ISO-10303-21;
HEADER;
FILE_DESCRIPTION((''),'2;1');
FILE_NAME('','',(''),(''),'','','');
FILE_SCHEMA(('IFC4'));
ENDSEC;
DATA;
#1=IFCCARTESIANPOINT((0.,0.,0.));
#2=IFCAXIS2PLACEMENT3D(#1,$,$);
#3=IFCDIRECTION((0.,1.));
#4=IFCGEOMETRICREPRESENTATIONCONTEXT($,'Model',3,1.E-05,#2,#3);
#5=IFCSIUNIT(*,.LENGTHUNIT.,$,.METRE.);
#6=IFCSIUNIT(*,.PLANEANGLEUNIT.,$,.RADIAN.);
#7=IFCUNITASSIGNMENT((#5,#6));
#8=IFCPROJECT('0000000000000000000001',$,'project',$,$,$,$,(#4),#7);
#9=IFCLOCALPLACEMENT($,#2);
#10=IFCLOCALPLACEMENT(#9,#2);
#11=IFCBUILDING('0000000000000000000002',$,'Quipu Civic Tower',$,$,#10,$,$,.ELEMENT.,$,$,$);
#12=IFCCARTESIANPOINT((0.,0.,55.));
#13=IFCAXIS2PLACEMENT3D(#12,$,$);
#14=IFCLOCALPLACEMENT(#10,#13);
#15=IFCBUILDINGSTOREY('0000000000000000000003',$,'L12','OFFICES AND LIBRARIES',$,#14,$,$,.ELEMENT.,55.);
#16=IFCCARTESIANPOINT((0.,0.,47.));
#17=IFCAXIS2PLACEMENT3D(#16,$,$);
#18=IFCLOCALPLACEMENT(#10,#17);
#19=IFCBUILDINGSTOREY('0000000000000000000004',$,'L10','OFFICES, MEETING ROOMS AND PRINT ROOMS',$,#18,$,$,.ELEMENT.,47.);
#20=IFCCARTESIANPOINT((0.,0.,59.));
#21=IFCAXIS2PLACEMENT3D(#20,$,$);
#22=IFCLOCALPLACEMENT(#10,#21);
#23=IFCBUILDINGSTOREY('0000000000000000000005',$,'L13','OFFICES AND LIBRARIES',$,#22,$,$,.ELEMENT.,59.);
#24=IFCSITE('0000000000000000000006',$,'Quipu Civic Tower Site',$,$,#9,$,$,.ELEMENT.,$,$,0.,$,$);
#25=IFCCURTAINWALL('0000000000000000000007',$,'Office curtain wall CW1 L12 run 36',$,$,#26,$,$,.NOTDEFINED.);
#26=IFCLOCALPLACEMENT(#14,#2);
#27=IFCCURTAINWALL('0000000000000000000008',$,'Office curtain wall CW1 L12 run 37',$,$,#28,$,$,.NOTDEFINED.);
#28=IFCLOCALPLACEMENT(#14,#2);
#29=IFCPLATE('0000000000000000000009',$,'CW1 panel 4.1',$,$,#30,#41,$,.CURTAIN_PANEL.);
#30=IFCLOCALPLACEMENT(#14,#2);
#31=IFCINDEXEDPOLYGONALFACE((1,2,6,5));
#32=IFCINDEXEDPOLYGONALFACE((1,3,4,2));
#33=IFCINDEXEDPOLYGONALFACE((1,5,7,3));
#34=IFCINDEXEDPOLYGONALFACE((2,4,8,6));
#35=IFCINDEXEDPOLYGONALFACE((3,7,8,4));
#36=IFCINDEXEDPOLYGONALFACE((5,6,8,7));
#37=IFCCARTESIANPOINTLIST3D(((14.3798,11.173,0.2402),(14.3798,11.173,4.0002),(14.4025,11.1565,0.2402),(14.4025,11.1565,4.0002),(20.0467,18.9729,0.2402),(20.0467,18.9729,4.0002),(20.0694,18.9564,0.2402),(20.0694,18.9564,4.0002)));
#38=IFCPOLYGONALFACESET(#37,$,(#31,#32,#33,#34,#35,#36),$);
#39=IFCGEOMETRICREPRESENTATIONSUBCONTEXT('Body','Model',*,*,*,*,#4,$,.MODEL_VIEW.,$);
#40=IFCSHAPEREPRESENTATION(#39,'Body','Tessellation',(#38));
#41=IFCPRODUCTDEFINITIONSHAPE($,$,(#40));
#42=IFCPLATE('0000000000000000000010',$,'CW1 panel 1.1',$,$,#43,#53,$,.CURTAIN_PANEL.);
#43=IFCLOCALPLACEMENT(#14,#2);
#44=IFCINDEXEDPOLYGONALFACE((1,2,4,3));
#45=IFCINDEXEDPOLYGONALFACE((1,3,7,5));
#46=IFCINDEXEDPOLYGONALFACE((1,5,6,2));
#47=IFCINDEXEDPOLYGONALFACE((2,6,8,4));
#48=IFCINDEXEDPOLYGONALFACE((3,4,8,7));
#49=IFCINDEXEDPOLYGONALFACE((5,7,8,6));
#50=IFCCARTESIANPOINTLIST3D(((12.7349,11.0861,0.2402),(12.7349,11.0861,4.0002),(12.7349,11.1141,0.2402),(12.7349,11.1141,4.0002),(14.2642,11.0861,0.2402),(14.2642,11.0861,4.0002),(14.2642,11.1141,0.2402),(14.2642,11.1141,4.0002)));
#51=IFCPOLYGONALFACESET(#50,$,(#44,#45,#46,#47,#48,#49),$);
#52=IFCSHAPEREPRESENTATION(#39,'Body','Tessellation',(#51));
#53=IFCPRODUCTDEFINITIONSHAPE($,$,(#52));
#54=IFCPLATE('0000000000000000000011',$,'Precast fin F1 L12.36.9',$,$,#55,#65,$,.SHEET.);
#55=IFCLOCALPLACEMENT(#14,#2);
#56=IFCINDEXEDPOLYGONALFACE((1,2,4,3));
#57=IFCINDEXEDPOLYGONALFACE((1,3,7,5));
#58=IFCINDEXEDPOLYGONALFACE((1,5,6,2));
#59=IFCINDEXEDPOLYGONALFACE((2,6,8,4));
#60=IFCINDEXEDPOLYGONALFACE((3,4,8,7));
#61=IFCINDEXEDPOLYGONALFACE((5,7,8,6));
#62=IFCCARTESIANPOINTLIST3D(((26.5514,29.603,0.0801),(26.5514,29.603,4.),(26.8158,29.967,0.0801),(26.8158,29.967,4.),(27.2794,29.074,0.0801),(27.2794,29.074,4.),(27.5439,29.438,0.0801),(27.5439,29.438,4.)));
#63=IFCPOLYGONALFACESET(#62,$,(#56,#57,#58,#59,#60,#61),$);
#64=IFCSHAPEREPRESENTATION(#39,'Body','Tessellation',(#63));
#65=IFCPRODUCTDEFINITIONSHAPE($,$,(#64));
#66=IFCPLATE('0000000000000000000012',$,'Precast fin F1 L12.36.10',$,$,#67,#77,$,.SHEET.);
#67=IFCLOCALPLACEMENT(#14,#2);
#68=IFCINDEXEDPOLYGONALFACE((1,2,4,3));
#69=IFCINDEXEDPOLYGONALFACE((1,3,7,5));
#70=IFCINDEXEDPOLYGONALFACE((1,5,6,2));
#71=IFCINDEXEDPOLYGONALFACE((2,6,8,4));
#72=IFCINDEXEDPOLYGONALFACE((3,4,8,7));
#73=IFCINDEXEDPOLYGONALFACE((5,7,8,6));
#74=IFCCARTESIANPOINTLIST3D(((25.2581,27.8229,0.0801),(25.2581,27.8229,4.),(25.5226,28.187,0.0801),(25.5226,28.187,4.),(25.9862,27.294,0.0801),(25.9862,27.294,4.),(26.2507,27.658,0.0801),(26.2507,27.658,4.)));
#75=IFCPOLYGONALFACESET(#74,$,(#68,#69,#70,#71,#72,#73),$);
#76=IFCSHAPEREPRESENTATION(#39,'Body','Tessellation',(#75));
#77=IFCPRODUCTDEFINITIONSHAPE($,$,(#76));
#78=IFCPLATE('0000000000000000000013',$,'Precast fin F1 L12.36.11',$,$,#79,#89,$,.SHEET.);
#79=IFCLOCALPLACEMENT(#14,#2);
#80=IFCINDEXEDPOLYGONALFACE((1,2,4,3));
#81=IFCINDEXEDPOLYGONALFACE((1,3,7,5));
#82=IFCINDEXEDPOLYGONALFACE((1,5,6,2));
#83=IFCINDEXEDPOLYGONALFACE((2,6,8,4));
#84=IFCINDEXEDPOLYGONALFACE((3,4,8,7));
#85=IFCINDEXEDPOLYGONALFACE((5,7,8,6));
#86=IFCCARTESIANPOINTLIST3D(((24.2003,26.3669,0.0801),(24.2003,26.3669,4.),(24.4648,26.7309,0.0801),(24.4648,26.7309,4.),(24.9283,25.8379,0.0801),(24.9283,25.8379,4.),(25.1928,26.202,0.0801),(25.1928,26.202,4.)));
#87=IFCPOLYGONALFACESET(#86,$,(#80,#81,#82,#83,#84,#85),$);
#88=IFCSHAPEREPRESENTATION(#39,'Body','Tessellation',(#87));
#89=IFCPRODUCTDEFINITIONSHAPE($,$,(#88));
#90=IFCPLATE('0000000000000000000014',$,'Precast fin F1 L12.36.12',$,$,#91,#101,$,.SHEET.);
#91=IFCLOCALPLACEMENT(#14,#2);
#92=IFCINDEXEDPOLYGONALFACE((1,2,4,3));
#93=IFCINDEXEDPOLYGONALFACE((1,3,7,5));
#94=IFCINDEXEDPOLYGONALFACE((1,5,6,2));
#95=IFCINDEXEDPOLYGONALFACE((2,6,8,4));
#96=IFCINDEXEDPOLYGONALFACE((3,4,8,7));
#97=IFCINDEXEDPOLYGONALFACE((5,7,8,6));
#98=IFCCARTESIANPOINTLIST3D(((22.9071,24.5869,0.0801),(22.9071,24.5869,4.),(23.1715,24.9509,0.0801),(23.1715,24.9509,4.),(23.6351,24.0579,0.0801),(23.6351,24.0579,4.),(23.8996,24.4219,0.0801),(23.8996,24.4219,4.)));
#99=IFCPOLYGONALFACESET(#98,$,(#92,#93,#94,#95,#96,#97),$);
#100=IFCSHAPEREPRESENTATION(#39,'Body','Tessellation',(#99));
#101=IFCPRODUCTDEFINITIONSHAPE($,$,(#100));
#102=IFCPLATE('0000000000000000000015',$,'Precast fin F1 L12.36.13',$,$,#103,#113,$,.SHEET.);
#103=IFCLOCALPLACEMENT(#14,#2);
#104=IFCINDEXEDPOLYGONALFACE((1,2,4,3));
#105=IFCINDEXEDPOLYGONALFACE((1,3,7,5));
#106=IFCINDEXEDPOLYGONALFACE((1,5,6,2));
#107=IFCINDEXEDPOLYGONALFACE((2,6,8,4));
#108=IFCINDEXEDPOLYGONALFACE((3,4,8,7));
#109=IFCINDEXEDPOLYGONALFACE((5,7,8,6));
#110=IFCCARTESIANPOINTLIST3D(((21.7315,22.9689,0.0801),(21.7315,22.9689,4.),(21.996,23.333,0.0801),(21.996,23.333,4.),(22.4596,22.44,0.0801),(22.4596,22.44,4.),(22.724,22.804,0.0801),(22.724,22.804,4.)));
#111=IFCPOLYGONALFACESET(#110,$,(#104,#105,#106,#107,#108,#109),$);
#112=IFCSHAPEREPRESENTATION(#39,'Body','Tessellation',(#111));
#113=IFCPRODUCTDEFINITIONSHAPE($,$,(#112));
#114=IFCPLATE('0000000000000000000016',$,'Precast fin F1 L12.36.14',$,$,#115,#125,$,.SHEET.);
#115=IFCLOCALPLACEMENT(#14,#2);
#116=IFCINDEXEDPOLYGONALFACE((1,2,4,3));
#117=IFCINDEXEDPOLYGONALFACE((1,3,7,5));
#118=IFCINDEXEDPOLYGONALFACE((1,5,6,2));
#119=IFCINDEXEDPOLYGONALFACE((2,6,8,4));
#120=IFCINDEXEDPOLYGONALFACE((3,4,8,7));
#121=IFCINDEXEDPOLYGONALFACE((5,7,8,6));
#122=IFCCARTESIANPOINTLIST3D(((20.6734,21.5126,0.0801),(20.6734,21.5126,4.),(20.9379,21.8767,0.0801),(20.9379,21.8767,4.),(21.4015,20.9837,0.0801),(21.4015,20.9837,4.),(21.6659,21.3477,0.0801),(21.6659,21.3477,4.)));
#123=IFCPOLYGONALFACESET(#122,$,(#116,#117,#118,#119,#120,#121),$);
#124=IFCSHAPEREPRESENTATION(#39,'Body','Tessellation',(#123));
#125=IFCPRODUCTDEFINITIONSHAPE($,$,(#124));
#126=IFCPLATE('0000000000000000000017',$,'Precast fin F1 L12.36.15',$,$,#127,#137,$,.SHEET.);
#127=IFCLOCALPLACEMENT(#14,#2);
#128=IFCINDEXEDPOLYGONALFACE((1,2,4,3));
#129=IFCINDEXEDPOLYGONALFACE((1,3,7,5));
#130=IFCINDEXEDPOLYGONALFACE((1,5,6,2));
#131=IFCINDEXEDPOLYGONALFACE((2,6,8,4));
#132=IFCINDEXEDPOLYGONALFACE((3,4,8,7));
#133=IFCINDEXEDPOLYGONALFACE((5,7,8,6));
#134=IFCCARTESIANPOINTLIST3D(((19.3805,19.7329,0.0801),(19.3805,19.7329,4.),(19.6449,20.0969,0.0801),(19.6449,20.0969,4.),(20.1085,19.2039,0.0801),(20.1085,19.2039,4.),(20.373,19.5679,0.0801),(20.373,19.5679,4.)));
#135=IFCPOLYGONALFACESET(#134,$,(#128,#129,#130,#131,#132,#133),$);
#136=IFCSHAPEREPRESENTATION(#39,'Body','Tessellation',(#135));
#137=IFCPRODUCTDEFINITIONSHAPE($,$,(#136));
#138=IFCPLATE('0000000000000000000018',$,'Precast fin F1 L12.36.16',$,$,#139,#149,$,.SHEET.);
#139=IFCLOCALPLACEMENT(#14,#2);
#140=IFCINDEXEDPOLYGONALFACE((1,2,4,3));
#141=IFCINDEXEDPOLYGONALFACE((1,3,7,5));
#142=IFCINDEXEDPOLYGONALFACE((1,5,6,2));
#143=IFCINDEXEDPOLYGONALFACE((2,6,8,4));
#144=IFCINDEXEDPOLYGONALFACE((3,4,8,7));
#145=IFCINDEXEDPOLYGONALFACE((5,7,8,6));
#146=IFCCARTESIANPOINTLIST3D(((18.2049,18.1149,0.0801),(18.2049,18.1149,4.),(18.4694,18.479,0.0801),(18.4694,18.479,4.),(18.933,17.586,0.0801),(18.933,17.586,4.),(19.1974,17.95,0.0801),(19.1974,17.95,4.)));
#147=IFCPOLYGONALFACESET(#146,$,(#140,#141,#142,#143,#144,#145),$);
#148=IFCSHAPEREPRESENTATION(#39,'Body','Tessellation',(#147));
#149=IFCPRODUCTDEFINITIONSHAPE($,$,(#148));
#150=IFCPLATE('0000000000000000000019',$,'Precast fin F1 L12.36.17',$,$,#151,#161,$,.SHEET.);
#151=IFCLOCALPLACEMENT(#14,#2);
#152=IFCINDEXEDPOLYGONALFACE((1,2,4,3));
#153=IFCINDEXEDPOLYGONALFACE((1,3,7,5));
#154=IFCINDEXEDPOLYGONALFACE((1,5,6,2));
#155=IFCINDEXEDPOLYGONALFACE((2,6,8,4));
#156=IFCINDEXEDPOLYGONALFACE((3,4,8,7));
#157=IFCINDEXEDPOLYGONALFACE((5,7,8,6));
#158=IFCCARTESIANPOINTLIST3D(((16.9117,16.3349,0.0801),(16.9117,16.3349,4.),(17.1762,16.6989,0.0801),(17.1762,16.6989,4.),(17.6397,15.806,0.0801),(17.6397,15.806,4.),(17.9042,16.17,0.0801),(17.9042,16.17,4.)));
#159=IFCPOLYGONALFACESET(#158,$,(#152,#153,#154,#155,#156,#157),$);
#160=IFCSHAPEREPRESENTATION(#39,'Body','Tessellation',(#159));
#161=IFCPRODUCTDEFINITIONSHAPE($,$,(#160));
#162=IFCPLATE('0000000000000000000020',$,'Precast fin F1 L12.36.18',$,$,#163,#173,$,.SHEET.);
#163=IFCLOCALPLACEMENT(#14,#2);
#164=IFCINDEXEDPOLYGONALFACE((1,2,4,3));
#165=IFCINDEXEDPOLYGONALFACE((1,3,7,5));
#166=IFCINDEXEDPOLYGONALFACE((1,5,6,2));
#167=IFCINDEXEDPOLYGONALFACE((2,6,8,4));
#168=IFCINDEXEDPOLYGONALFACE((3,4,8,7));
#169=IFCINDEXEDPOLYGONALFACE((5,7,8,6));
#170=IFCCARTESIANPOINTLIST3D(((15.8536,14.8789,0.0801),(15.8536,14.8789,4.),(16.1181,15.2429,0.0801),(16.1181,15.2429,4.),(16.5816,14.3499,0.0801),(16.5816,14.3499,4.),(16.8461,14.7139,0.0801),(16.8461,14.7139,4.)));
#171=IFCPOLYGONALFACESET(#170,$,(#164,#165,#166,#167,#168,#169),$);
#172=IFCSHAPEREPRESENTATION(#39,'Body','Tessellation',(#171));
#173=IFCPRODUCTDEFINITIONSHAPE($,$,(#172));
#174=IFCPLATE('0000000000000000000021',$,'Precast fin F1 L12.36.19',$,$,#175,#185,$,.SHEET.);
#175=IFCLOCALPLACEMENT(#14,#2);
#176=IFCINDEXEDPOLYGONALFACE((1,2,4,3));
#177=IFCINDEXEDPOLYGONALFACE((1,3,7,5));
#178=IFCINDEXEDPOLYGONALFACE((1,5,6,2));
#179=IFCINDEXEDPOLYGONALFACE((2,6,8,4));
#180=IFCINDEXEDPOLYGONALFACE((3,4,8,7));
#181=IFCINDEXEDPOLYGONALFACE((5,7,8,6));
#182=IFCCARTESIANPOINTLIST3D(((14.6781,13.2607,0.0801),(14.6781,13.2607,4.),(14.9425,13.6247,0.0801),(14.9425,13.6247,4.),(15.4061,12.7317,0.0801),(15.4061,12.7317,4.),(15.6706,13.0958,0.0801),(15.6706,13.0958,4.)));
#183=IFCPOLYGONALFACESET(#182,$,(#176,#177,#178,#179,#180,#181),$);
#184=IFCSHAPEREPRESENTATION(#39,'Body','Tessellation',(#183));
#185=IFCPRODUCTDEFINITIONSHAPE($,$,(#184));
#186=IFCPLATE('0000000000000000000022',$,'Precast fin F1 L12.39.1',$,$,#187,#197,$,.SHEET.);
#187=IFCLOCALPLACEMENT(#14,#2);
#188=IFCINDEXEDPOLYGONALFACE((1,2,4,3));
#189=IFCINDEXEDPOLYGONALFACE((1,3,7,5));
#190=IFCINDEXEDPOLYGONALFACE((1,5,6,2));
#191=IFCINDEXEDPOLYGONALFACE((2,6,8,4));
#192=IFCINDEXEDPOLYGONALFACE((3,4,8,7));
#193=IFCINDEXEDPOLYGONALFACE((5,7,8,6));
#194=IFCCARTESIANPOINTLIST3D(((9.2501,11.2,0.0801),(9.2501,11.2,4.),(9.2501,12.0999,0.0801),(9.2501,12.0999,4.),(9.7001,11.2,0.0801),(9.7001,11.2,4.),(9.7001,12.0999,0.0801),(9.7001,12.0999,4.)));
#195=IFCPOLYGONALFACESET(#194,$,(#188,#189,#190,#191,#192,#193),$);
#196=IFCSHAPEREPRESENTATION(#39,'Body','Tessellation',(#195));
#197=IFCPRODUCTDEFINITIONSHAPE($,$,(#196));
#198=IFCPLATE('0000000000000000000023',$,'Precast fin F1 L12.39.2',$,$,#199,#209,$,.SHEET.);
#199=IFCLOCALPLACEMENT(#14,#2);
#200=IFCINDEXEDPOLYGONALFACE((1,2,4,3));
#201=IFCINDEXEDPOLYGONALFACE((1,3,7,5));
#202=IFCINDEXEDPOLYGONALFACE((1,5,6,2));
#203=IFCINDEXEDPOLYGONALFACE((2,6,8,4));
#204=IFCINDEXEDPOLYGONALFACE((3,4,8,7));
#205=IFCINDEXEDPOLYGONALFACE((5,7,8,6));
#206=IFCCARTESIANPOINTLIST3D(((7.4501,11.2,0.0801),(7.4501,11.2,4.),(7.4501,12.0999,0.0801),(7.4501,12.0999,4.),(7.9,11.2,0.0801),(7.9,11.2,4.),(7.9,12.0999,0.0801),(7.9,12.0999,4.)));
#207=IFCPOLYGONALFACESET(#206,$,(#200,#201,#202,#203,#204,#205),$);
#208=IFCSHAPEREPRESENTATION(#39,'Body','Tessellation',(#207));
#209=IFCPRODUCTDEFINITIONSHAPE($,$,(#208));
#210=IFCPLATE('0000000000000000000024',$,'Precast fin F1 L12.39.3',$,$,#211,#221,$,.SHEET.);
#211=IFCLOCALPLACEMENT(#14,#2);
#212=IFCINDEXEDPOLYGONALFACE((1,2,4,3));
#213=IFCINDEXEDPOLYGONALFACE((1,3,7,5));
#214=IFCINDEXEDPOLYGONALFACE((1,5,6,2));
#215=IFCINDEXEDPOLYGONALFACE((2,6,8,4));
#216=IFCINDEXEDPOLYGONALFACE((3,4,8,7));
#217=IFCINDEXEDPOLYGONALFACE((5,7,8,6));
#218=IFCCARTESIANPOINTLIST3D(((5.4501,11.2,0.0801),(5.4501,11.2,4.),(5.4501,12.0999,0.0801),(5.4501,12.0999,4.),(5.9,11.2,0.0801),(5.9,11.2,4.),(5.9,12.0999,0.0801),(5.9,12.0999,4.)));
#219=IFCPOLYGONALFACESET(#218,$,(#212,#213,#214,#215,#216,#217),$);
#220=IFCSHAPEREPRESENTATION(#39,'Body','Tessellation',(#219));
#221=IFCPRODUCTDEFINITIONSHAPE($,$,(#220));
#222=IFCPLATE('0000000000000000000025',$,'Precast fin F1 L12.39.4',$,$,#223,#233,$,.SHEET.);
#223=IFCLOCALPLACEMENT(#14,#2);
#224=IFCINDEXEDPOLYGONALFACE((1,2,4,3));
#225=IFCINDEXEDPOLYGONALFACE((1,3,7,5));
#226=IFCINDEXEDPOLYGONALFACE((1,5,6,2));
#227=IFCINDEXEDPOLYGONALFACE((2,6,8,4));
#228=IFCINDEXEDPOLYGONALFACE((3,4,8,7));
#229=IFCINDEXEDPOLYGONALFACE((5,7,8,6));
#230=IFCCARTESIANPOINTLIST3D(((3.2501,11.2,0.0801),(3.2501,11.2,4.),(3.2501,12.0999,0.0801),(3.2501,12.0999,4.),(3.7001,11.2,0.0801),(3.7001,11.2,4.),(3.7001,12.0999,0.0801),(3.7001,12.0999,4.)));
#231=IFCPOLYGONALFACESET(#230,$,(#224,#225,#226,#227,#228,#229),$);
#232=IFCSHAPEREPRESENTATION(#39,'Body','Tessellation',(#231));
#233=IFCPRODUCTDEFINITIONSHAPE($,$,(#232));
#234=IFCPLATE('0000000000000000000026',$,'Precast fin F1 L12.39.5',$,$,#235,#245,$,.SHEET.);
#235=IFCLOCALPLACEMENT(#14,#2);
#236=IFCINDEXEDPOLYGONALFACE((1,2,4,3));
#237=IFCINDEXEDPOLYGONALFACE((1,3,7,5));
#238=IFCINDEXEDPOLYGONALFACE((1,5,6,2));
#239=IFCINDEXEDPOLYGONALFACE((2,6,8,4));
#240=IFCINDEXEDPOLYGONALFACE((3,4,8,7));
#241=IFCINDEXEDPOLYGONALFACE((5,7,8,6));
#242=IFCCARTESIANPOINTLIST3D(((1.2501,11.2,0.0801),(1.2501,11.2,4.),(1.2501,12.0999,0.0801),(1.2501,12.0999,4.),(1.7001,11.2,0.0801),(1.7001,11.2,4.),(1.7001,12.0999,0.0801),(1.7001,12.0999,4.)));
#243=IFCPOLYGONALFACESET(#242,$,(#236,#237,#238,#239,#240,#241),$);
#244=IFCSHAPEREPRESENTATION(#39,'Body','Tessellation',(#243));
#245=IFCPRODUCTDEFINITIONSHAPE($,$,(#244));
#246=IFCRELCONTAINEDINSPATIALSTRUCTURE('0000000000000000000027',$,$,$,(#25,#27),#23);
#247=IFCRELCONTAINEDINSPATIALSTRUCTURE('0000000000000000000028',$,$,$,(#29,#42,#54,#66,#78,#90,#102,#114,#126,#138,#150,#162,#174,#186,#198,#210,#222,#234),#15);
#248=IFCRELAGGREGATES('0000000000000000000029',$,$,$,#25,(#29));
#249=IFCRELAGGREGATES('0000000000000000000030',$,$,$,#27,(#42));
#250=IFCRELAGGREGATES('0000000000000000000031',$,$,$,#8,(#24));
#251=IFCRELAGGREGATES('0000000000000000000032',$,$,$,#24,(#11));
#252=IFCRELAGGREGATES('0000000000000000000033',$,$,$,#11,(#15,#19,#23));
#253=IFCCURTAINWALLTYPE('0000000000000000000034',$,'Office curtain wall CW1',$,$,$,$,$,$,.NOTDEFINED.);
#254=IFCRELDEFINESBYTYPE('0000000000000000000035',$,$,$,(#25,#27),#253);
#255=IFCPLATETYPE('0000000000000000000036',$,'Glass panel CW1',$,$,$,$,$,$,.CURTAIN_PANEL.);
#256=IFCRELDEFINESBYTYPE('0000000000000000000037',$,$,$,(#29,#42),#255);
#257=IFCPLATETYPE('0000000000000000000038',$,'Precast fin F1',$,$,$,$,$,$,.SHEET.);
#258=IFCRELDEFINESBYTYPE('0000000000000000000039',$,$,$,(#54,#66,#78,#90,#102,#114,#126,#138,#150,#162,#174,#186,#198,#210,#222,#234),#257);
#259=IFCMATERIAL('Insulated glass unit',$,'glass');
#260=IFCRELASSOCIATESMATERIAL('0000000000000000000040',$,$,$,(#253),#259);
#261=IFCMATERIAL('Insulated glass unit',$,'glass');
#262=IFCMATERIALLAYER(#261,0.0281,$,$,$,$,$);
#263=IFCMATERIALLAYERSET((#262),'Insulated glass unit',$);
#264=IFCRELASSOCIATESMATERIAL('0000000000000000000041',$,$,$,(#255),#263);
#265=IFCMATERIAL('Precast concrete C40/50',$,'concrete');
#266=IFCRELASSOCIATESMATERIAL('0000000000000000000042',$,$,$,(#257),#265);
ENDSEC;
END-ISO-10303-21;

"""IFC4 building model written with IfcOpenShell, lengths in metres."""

from ifc_helpers import new_model, si_unit, direction, frame, origin, origin_2d, place, context, subcontext, project, spatial, rectangle, extrude, material, layer, layer_set, type_object, element, aggregate, save


model = new_model("IFC4")

# Units and contexts
model_context = context("Model", 3, precision=1e-05, world=origin(), true_north=direction((0.0, 1.0)))
body_context = subcontext(model_context, "Body", "Model", "MODEL_VIEW")
ifc_project = project(units=[si_unit("LENGTHUNIT", "METRE"), si_unit("PLANEANGLEUNIT", "RADIAN")], contexts=[model_context])

# Site, building, storey
site_placement = place(None, origin())
site = spatial("IfcSite", under=ifc_project, at=site_placement, Name="Quipu Civic Tower Site", CompositionType="ELEMENT", RefElevation=0.0)
building_placement = place(site_placement, origin())
building = spatial("IfcBuilding", under=site, at=building_placement, Name="Quipu Civic Tower", CompositionType="ELEMENT")
storey_1_placement = place(building_placement, frame((0.0, 0.0, 55.0)))
storey_1 = spatial("IfcBuildingStorey", under=building, at=storey_1_placement, Name="L12", Description="OFFICES AND LIBRARIES", CompositionType="ELEMENT", Elevation=55.0)

# Shared definitions
storey_2_placement = place(building_placement, frame((0.0, 0.0, 47.0)))
storey_2 = spatial("IfcBuildingStorey", under=building, at=storey_2_placement, Name="L10", Description="OFFICES, MEETING ROOMS AND PRINT ROOMS", CompositionType="ELEMENT", Elevation=47.0)

# Shared definitions
ifc_material_1 = material(Name="Insulated glass unit", Category="glass")
curtain_wall_type = type_object("IfcCurtainWallType", Name="Office curtain wall CW1", PredefinedType="NOTDEFINED", material=ifc_material_1)

# Shared definitions
storey_3_placement = place(building_placement, frame((0.0, 0.0, 59.0)))
storey_3 = spatial("IfcBuildingStorey", under=building, at=storey_3_placement, Name="L13", Description="OFFICES AND LIBRARIES", CompositionType="ELEMENT", Elevation=59.0)

# Curtain wall
curtain_wall_1_placement = place(storey_3_placement, origin())
curtain_wall_1 = element("IfcCurtainWall", 1, at=curtain_wall_1_placement, inside=storey_3, type_object=curtain_wall_type, Name="Office curtain wall CW1 L12 run 36", PredefinedType="NOTDEFINED")

# Curtain wall
curtain_wall_2_placement = place(storey_3_placement, origin())
curtain_wall_2 = element("IfcCurtainWall", 2, at=curtain_wall_2_placement, inside=storey_3, type_object=curtain_wall_type, Name="Office curtain wall CW1 L12 run 37", PredefinedType="NOTDEFINED")

# Plates
ifc_material_2 = material(Name="Insulated glass unit", Category="glass")
ifc_layer = layer(ifc_material_2, 0.0281)
ifc_layer_set = layer_set([ifc_layer], Name="Insulated glass unit")
plate_type_1 = type_object("IfcPlateType", Name="Glass panel CW1", PredefinedType="CURTAIN_PANEL", material=ifc_layer_set)
plate_1_placement = place(storey_1_placement, frame((17.2246, 15.0647, 0.2402), z_axis=(0.0, 0.0, 1.0), x_axis=(-0.587786, -0.809017, 0.0)))
plate_1 = element("IfcPlate", 3, at=plate_1_placement, inside=storey_1, type_object=plate_type_1, Name="CW1 panel 4.1", PredefinedType="CURTAIN_PANEL", context=body_context, shape_type="SweptSolid", body=[
    extrude(rectangle(XDim=9.6411, YDim=0.0281, at=origin_2d()), origin(), (0.0, 0.0, 1.0), 3.76),
])
aggregate(curtain_wall_1, [plate_1])
plate_2_placement = place(storey_1_placement, frame((13.4995, 11.1001, 0.2402), z_axis=(0.0, 0.0, 1.0), x_axis=(-1.0, 0.0, 0.0)))
plate_2 = element("IfcPlate", 4, at=plate_2_placement, inside=storey_1, type_object=plate_type_1, Name="CW1 panel 1.1", PredefinedType="CURTAIN_PANEL", context=body_context, shape_type="SweptSolid", body=[
    extrude(rectangle(XDim=1.5293, YDim=0.0281, at=origin_2d()), origin(), (0.0, 0.0, 1.0), 3.76),
])
aggregate(curtain_wall_2, [plate_2])

# Plates
ifc_material_3 = material(Name="Precast concrete C40/50", Category="concrete")
plate_type_2 = type_object("IfcPlateType", Name="Precast fin F1", PredefinedType="SHEET", material=ifc_material_3)
for number, where, z_axis, x_axis, name in (
    (5, (27.0476, 29.5205, 0.0801), (0.0, 0.0, 1.0), (-0.587785, -0.809017, 0.0), "Precast fin F1 L12.36.9"),
    (6, (25.7544, 27.7405, 0.0801), (0.0, 0.0, 1.0), (-0.587785, -0.809017, 0.0), "Precast fin F1 L12.36.10"),
    (7, (24.6965, 26.2844, 0.0801), (0.0, 0.0, 1.0), (-0.587785, -0.809017, 0.0), "Precast fin F1 L12.36.11"),
    (8, (23.4033, 24.5044, 0.0801), (0.0, 0.0, 1.0), (-0.587785, -0.809017, 0.0), "Precast fin F1 L12.36.12"),
    (9, (22.2278, 22.8865, 0.0801), (0.0, 0.0, 1.0), (-0.587785, -0.809017, 0.0), "Precast fin F1 L12.36.13"),
    (10, (21.1697, 21.4302, 0.0801), (0.0, 0.0, 1.0), (-0.587785, -0.809017, 0.0), "Precast fin F1 L12.36.14"),
    (11, (19.8767, 19.6504, 0.0801), (0.0, 0.0, 1.0), (-0.587785, -0.809017, 0.0), "Precast fin F1 L12.36.15"),
    (12, (18.7012, 18.0325, 0.0801), (0.0, 0.0, 1.0), (-0.587785, -0.809017, 0.0), "Precast fin F1 L12.36.16"),
    (13, (17.408, 16.2524, 0.0801), (0.0, 0.0, 1.0), (-0.587785, -0.809017, 0.0), "Precast fin F1 L12.36.17"),
    (14, (16.3499, 14.7964, 0.0801), (0.0, 0.0, 1.0), (-0.587785, -0.809017, 0.0), "Precast fin F1 L12.36.18"),
    (15, (15.1743, 13.1782, 0.0801), (0.0, 0.0, 1.0), (-0.587785, -0.809017, 0.0), "Precast fin F1 L12.36.19"),
    (16, (9.4751, 11.6499, 0.0801), (0.0, 0.0, 1.0), (-1.0, 0.0, 0.0), "Precast fin F1 L12.39.1"),
    (17, (7.675, 11.6499, 0.0801), (0.0, 0.0, 1.0), (-1.0, 0.0, 0.0), "Precast fin F1 L12.39.2"),
    (18, (5.675, 11.6499, 0.0801), (0.0, 0.0, 1.0), (-1.0, 0.0, 0.0), "Precast fin F1 L12.39.3"),
    (19, (3.4751, 11.6499, 0.0801), (0.0, 0.0, 1.0), (-1.0, 0.0, 0.0), "Precast fin F1 L12.39.4"),
    (20, (1.4751, 11.6499, 0.0801), (0.0, 0.0, 1.0), (-1.0, 0.0, 0.0), "Precast fin F1 L12.39.5"),
):
    element("IfcPlate", number, at=place(storey_1_placement, frame(where, z_axis=z_axis, x_axis=x_axis)), inside=storey_1, type_object=plate_type_2, Name=name, PredefinedType="SHEET", context=body_context, shape_type="SweptSolid", body=[
        extrude(rectangle(XDim=0.45, YDim=0.8999, at=origin_2d()), origin(), (0.0, 0.0, 1.0), 3.9199),
    ])

save(model, "model.ifc")
